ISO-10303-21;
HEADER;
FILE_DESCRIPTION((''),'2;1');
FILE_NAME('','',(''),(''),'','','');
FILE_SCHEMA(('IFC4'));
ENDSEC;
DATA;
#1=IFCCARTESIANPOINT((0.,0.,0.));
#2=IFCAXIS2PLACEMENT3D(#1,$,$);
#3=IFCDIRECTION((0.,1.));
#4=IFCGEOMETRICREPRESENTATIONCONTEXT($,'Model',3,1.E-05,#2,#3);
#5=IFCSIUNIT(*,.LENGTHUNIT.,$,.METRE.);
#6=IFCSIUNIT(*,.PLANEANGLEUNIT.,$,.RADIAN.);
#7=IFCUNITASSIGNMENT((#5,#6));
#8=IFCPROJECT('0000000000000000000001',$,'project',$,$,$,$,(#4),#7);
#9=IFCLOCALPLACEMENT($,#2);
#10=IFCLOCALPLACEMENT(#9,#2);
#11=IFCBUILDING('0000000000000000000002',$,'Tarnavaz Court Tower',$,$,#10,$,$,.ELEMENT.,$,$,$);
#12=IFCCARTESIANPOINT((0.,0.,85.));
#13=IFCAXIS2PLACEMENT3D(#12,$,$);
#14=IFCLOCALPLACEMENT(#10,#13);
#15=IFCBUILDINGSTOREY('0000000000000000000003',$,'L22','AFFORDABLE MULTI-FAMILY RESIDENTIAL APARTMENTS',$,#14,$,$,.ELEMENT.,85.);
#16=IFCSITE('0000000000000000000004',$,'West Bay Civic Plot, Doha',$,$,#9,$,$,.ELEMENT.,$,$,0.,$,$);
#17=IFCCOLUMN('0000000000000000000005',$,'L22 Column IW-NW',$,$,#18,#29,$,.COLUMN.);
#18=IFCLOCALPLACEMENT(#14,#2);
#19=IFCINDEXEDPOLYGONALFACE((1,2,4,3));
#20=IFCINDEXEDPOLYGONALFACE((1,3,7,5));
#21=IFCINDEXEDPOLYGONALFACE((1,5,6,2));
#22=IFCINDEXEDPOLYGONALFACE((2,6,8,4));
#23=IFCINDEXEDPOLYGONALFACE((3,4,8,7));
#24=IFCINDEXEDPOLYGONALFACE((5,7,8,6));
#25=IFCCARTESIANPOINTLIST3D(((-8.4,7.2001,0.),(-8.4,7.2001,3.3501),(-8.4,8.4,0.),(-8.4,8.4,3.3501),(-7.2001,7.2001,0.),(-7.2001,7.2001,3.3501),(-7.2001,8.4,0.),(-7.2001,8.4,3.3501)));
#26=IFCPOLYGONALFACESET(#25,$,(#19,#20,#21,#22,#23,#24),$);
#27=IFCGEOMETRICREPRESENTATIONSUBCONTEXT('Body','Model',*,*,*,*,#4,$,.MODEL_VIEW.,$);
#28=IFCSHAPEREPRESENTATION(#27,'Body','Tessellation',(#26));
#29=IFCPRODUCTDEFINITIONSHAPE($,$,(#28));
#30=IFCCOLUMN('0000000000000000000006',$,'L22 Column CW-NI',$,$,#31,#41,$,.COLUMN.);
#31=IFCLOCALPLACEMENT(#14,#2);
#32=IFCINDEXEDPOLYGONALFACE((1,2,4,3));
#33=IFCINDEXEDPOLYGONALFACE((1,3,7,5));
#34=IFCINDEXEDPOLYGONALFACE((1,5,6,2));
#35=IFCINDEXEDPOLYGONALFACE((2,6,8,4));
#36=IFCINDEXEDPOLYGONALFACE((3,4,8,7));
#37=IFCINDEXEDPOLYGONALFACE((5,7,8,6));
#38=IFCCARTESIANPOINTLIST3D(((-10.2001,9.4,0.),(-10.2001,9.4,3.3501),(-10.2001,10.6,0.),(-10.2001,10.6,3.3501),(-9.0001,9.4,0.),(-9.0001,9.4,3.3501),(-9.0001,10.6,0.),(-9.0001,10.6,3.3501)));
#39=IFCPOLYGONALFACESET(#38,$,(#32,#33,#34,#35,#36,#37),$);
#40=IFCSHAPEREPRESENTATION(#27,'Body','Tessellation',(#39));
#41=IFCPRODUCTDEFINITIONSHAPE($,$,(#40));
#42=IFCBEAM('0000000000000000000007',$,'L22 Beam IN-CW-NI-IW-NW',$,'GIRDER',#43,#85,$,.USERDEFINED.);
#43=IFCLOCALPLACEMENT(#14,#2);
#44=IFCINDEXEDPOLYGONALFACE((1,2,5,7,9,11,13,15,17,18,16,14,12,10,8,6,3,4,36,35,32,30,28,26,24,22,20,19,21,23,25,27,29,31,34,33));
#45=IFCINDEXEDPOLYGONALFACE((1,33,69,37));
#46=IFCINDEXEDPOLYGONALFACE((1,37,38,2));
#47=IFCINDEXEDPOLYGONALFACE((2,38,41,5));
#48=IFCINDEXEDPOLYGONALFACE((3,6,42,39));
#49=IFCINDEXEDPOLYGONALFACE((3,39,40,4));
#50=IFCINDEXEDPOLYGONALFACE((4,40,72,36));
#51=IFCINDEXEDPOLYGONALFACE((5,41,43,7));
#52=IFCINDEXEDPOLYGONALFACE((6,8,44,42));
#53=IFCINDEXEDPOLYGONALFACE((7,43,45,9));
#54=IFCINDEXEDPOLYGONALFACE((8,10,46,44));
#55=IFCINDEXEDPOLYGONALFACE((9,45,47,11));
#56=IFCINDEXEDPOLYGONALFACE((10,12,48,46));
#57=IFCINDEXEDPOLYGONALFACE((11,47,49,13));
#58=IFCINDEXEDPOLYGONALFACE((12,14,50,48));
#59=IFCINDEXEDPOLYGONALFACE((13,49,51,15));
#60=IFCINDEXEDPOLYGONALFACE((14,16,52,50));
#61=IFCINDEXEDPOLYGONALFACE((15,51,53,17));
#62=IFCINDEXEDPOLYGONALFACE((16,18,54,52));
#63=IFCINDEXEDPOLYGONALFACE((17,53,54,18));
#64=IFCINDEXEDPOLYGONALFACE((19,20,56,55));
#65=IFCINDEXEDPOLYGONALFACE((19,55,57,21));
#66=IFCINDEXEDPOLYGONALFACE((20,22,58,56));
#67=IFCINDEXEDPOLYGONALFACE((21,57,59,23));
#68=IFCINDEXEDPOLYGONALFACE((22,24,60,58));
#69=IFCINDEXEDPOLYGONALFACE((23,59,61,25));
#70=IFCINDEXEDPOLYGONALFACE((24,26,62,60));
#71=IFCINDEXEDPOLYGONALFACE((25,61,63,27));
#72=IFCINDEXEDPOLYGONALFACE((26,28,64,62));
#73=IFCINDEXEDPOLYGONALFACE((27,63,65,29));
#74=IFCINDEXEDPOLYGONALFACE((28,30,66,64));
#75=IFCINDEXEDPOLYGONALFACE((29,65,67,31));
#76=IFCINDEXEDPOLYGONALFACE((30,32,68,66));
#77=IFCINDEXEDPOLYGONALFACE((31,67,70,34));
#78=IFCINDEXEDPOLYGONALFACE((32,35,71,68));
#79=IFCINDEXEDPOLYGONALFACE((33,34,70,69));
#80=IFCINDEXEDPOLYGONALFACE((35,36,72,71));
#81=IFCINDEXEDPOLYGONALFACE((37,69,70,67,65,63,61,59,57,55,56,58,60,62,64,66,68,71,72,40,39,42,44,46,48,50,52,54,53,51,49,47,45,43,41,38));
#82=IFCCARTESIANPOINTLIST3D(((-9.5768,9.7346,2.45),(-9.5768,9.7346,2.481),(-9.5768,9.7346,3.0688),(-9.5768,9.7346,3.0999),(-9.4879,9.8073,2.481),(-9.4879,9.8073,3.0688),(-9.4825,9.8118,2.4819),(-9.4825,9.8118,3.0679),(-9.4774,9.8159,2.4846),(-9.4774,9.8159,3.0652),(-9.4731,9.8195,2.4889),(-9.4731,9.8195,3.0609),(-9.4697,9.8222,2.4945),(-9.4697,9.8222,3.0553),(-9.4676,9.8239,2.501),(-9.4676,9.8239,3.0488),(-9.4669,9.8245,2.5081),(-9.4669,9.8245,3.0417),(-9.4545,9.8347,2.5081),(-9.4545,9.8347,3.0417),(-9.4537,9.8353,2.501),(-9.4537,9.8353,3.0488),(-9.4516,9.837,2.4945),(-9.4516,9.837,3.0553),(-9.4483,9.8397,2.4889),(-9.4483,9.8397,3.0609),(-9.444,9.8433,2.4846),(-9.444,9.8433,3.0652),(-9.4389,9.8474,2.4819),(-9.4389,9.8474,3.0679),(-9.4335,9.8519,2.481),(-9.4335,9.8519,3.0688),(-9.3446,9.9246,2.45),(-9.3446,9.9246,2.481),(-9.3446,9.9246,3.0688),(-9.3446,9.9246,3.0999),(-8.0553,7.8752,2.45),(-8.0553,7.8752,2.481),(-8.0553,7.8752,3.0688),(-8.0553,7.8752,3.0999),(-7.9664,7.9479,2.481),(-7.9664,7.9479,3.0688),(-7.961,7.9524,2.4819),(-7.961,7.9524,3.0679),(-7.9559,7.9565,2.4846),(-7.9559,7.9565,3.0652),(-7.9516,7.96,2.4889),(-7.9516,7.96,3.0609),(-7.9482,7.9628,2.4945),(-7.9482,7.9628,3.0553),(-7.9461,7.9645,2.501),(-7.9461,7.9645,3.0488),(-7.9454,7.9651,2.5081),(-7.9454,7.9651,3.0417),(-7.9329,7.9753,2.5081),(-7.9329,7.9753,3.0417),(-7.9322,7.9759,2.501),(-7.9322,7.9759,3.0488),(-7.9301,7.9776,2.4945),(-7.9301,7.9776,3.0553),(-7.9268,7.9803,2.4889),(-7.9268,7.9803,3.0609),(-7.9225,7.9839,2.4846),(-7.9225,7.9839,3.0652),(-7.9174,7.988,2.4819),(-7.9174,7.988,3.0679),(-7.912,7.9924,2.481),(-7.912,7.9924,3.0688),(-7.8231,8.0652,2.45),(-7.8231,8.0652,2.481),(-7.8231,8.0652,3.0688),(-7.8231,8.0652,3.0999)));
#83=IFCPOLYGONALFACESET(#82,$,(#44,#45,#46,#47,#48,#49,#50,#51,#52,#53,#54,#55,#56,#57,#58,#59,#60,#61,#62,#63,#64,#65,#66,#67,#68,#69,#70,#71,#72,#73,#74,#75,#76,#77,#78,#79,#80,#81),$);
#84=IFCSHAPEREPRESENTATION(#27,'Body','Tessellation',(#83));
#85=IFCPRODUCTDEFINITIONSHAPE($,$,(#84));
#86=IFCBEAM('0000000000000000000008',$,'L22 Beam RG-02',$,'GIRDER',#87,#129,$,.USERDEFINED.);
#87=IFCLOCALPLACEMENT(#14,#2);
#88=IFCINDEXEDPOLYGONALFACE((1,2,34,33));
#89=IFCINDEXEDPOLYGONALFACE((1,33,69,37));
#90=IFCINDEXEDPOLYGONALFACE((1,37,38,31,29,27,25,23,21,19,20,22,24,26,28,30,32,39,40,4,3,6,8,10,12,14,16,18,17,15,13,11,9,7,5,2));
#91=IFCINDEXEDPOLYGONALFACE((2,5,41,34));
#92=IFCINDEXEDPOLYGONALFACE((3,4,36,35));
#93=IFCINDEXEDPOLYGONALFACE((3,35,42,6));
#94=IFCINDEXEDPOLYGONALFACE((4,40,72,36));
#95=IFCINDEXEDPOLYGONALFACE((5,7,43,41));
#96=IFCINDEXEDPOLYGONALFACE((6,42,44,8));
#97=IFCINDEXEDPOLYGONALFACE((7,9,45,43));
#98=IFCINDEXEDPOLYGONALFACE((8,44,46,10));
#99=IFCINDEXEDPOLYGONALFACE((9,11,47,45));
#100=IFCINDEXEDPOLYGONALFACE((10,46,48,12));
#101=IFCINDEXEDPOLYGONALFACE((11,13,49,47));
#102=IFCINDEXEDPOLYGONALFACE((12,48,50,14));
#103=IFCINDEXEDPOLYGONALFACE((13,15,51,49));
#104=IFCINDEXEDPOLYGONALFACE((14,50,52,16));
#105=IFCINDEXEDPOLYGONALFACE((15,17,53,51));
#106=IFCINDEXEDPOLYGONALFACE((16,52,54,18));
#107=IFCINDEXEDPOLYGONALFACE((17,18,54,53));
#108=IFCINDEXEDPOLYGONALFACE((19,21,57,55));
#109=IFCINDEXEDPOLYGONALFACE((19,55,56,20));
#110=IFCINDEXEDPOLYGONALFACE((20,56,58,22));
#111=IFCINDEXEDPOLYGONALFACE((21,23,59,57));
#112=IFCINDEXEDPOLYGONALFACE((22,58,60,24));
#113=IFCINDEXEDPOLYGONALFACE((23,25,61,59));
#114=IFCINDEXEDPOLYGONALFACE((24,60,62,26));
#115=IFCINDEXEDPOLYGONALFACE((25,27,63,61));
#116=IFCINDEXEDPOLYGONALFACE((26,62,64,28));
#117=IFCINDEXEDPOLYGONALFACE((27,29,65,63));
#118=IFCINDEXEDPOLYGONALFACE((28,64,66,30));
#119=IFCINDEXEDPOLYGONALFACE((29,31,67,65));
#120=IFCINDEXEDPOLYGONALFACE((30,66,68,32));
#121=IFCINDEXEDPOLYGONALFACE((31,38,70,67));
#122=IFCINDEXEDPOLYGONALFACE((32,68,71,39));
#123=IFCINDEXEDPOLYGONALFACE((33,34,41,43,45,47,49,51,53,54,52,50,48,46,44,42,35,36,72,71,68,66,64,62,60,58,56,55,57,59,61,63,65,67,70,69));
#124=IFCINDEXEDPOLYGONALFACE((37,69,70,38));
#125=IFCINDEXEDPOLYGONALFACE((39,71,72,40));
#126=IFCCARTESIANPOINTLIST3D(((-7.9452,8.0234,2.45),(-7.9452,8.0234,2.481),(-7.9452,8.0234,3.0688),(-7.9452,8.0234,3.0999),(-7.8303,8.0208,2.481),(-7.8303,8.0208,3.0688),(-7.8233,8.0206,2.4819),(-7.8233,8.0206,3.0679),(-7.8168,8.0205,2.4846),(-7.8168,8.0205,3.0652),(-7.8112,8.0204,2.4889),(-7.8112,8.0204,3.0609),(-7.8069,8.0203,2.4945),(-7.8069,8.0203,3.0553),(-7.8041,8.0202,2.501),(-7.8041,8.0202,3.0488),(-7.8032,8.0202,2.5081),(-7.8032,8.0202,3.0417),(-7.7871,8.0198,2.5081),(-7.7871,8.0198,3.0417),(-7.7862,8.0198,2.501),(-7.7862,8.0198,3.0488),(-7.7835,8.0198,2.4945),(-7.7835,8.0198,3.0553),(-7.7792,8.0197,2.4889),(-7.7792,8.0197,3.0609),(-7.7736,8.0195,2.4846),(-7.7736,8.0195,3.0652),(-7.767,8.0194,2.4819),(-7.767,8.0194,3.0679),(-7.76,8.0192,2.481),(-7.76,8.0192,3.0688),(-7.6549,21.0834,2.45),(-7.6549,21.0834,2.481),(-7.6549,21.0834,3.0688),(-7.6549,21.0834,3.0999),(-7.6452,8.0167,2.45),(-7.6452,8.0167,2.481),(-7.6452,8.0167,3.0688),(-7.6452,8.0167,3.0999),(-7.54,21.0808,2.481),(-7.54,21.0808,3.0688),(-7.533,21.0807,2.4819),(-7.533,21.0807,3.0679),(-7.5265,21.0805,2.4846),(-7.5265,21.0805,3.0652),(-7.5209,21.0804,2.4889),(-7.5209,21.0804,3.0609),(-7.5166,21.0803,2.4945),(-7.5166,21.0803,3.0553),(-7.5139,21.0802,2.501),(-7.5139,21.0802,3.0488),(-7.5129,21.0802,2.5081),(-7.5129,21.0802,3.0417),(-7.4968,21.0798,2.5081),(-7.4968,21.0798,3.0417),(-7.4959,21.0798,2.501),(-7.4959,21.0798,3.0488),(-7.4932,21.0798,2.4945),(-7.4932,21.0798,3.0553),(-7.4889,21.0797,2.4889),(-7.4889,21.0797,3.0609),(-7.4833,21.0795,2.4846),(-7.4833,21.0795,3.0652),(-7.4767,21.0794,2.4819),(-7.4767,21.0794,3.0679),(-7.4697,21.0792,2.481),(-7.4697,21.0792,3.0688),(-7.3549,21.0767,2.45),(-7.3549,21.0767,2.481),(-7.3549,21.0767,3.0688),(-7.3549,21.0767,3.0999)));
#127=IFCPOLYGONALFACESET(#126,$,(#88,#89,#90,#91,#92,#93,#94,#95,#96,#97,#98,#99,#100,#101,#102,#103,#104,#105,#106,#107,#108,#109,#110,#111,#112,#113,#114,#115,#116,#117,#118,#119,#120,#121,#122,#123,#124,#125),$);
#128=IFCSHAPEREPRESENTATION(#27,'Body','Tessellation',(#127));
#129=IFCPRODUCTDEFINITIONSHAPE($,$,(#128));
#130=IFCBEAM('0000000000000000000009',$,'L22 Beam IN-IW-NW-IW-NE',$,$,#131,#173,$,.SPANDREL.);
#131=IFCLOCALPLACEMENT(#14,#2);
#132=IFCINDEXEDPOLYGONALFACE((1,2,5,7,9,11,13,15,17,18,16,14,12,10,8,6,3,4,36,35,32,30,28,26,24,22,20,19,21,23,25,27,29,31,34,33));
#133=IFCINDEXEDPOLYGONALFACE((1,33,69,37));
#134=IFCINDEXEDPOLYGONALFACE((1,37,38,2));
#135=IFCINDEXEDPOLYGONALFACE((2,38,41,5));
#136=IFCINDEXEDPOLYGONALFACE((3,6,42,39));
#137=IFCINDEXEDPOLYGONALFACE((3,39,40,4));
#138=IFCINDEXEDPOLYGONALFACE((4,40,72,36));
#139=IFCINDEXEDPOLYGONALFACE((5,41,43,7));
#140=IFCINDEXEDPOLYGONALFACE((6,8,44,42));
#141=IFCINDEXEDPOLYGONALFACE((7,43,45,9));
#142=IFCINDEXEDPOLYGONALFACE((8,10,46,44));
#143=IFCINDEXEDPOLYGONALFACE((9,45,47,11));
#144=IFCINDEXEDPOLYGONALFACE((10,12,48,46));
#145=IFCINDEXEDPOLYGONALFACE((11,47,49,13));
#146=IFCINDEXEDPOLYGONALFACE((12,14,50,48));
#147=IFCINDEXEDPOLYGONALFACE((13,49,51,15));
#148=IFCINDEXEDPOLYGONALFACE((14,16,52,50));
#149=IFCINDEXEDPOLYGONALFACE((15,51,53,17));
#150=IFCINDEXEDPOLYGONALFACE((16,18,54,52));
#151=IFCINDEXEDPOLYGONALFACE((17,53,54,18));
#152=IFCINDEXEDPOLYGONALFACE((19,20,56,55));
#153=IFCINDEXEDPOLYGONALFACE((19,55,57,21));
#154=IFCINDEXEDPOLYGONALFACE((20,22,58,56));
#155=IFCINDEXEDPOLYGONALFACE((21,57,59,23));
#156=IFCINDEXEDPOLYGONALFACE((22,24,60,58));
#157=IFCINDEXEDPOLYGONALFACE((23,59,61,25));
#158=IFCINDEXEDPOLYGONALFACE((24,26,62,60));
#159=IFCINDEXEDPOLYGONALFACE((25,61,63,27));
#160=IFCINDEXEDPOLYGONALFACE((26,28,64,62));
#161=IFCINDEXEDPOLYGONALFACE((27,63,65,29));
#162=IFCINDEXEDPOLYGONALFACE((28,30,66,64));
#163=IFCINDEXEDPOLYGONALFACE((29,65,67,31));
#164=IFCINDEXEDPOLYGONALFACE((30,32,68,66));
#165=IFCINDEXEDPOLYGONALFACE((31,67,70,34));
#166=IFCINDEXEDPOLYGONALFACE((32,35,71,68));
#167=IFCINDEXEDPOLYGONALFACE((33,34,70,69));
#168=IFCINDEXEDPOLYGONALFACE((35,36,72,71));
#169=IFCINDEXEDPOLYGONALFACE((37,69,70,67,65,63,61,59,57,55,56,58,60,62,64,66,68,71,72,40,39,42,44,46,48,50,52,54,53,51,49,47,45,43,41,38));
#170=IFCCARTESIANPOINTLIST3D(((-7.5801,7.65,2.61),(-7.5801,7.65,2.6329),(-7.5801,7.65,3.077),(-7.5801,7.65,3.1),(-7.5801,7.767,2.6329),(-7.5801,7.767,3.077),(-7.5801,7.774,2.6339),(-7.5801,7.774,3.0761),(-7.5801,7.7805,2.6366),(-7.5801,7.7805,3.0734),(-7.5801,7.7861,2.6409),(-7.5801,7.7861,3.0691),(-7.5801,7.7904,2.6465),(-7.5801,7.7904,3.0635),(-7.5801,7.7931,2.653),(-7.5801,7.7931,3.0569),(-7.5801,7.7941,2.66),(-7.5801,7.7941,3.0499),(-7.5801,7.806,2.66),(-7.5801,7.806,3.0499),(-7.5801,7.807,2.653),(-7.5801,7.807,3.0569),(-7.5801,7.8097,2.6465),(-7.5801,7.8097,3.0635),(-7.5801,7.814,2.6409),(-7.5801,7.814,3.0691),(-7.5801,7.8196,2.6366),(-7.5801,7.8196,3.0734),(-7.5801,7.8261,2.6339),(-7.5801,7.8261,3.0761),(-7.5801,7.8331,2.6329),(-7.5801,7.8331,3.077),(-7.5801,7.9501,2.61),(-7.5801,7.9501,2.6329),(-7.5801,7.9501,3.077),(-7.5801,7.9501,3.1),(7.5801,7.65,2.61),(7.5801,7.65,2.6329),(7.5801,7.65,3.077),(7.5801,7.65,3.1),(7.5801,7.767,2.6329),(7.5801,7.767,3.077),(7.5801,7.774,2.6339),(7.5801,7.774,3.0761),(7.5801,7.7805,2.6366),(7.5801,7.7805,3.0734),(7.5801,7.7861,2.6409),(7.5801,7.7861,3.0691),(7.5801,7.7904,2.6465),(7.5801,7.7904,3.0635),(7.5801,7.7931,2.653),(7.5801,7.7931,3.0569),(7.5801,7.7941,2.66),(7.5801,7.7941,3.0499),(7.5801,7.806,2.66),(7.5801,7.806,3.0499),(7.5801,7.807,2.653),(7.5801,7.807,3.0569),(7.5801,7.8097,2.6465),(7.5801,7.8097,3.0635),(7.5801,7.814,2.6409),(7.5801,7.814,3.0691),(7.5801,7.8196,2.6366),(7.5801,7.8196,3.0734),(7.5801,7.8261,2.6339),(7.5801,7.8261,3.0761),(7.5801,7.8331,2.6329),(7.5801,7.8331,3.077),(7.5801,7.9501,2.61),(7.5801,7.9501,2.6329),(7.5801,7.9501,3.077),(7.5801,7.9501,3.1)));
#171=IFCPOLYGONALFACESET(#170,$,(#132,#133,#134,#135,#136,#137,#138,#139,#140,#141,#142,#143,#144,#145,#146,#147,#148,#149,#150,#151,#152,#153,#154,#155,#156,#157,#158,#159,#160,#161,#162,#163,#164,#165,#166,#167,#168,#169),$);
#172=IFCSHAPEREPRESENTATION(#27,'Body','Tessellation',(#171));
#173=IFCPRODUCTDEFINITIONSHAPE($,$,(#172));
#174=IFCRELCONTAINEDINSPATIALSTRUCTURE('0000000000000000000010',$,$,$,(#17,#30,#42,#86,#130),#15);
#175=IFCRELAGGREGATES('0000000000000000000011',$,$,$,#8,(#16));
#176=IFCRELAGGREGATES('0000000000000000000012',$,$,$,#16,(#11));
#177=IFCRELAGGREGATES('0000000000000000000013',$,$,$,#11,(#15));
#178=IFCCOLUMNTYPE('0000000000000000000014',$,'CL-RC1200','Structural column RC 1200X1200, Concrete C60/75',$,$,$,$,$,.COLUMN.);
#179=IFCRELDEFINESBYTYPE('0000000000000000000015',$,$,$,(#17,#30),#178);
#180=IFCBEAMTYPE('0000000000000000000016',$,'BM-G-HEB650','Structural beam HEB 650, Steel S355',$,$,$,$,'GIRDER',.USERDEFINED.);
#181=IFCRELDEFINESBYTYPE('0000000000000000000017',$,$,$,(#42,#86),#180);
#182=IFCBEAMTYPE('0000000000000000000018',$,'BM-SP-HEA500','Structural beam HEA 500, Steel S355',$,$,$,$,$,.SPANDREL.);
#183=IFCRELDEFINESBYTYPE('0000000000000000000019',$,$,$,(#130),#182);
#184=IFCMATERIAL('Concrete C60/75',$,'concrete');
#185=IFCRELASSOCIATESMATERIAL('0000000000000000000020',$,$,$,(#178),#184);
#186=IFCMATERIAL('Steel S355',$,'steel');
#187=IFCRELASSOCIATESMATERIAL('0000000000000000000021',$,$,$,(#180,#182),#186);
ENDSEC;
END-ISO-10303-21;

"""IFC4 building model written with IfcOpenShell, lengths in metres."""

from ifc_helpers import new_model, si_unit, direction, frame, origin, origin_2d, place, context, subcontext, project, spatial, rectangle, i_section, extrude, material, material_profile, profile_set, type_object, element, save


model = new_model("IFC4")

# Units and contexts
model_context = context("Model", 3, precision=1e-05, world=origin(), true_north=direction((0.0, 1.0)))
body_context = subcontext(model_context, "Body", "Model", "MODEL_VIEW")
ifc_project = project(units=[si_unit("LENGTHUNIT", "METRE"), si_unit("PLANEANGLEUNIT", "RADIAN")], contexts=[model_context])

# Site, building, storey
site_placement = place(None, origin())
site = spatial("IfcSite", under=ifc_project, at=site_placement, Name="West Bay Civic Plot, Doha", CompositionType="ELEMENT", RefElevation=0.0)
building_placement = place(site_placement, origin())
building = spatial("IfcBuilding", under=site, at=building_placement, Name="Tarnavaz Court Tower", CompositionType="ELEMENT")
storey_placement = place(building_placement, frame((0.0, 0.0, 85.0)))
storey = spatial("IfcBuildingStorey", under=building, at=storey_placement, Name="L22", Description="AFFORDABLE MULTI-FAMILY RESIDENTIAL APARTMENTS", CompositionType="ELEMENT", Elevation=85.0)

# Columns
ifc_material_1 = material(Name="Concrete C60/75", Category="concrete")
ifc_material_profile_1 = material_profile(ifc_material_1, rectangle(XDim=1.2, YDim=1.2, at=origin_2d()), Name="RC 1200X1200")
ifc_profile_set_1 = profile_set([ifc_material_profile_1], Name="Concrete C60/75")
column_type = type_object("IfcColumnType", Name="CL-RC1200", Description="Structural column RC 1200X1200, Concrete C60/75", PredefinedType="COLUMN", material=ifc_profile_set_1)
for number, where, z_axis, x_axis, name in (
    (1, (-7.8, 7.8, 0.0), (0.0, 0.0, 1.0), (1.0, 0.0, 0.0), "L22 Column IW-NW"),
    (2, (-9.6001, 10.0, 0.0), (0.0, 0.0, 1.0), (1.0, 0.0, 0.0), "L22 Column CW-NI"),
):
    element("IfcColumn", number, at=place(storey_placement, frame(where, z_axis=z_axis, x_axis=x_axis)), inside=storey, type_object=column_type, Name=name, PredefinedType="COLUMN", context=body_context, shape_type="SweptSolid", body=[
        extrude(rectangle(XDim=1.2, YDim=1.2, at=origin_2d()), origin(), (0.0, 0.0, 1.0), 3.3501),
    ])

# Beams
ifc_material_2 = material(Name="Steel S355", Category="steel")
ifc_material_profile_2 = material_profile(ifc_material_2, i_section(OverallWidth=0.3, OverallDepth=0.6499, WebThickness=0.0161, FlangeThickness=0.031, FilletRadius=0.0271, at=origin_2d()), Name="HEB 650")
ifc_profile_set_2 = profile_set([ifc_material_profile_2], Name="Steel S355")
beam_type_1 = type_object("IfcBeamType", Name="BM-G-HEB650", Description="Structural beam HEB 650, Steel S355", ElementType="GIRDER", PredefinedType="USERDEFINED", material=ifc_profile_set_2)
beam_1_placement = place(storey_placement, frame((-9.4607, 9.8296, 2.7749), z_axis=(0.633282, -0.773921, 0.0), x_axis=(0.773921, 0.633282, 0.0)))
element("IfcBeam", 3, at=beam_1_placement, inside=storey, type_object=beam_type_1, Name="L22 Beam IN-CW-NI-IW-NW", ObjectType="GIRDER", PredefinedType="USERDEFINED", context=body_context, shape_type="SweptSolid", body=[
    extrude(i_section(OverallWidth=0.3, OverallDepth=0.6499, WebThickness=0.0161, FlangeThickness=0.031, FilletRadius=0.0271, at=origin_2d()), origin(), (0.0, 0.0, 1.0), 2.4026),
])
beam_2_placement = place(storey_placement, frame((-7.7952, 8.02, 2.7749), z_axis=(0.022221, 0.999753, 0.0), x_axis=(-0.999753, 0.022221, 0.0)))
element("IfcBeam", 4, at=beam_2_placement, inside=storey, type_object=beam_type_1, Name="L22 Beam RG-02", ObjectType="GIRDER", PredefinedType="USERDEFINED", context=body_context, shape_type="SweptSolid", body=[
    extrude(i_section(OverallWidth=0.3, OverallDepth=0.6499, WebThickness=0.0161, FlangeThickness=0.031, FilletRadius=0.0271, at=origin_2d()), origin(), (0.0, 0.0, 1.0), 13.0632),
])
ifc_material_profile_3 = material_profile(ifc_material_2, i_section(OverallWidth=0.3, OverallDepth=0.49, WebThickness=0.012, FlangeThickness=0.0229, FilletRadius=0.0271, at=origin_2d()), Name="HEA 500")
ifc_profile_set_3 = profile_set([ifc_material_profile_3], Name="Steel S355")
beam_type_2 = type_object("IfcBeamType", Name="BM-SP-HEA500", Description="Structural beam HEA 500, Steel S355", PredefinedType="SPANDREL", material=ifc_profile_set_3)
beam_3_placement = place(storey_placement, frame((-7.5801, 7.8, 2.855), z_axis=(1.0, 0.0, 0.0), x_axis=(0.0, 1.0, 0.0)))
element("IfcBeam", 5, at=beam_3_placement, inside=storey, type_object=beam_type_2, Name="L22 Beam IN-IW-NW-IW-NE", PredefinedType="SPANDREL", context=body_context, shape_type="SweptSolid", body=[
    extrude(i_section(OverallWidth=0.3, OverallDepth=0.49, WebThickness=0.012, FlangeThickness=0.0229, FilletRadius=0.0271, at=origin_2d()), origin(), (0.0, 0.0, 1.0), 15.1602),
])

save(model, "model.ifc")
